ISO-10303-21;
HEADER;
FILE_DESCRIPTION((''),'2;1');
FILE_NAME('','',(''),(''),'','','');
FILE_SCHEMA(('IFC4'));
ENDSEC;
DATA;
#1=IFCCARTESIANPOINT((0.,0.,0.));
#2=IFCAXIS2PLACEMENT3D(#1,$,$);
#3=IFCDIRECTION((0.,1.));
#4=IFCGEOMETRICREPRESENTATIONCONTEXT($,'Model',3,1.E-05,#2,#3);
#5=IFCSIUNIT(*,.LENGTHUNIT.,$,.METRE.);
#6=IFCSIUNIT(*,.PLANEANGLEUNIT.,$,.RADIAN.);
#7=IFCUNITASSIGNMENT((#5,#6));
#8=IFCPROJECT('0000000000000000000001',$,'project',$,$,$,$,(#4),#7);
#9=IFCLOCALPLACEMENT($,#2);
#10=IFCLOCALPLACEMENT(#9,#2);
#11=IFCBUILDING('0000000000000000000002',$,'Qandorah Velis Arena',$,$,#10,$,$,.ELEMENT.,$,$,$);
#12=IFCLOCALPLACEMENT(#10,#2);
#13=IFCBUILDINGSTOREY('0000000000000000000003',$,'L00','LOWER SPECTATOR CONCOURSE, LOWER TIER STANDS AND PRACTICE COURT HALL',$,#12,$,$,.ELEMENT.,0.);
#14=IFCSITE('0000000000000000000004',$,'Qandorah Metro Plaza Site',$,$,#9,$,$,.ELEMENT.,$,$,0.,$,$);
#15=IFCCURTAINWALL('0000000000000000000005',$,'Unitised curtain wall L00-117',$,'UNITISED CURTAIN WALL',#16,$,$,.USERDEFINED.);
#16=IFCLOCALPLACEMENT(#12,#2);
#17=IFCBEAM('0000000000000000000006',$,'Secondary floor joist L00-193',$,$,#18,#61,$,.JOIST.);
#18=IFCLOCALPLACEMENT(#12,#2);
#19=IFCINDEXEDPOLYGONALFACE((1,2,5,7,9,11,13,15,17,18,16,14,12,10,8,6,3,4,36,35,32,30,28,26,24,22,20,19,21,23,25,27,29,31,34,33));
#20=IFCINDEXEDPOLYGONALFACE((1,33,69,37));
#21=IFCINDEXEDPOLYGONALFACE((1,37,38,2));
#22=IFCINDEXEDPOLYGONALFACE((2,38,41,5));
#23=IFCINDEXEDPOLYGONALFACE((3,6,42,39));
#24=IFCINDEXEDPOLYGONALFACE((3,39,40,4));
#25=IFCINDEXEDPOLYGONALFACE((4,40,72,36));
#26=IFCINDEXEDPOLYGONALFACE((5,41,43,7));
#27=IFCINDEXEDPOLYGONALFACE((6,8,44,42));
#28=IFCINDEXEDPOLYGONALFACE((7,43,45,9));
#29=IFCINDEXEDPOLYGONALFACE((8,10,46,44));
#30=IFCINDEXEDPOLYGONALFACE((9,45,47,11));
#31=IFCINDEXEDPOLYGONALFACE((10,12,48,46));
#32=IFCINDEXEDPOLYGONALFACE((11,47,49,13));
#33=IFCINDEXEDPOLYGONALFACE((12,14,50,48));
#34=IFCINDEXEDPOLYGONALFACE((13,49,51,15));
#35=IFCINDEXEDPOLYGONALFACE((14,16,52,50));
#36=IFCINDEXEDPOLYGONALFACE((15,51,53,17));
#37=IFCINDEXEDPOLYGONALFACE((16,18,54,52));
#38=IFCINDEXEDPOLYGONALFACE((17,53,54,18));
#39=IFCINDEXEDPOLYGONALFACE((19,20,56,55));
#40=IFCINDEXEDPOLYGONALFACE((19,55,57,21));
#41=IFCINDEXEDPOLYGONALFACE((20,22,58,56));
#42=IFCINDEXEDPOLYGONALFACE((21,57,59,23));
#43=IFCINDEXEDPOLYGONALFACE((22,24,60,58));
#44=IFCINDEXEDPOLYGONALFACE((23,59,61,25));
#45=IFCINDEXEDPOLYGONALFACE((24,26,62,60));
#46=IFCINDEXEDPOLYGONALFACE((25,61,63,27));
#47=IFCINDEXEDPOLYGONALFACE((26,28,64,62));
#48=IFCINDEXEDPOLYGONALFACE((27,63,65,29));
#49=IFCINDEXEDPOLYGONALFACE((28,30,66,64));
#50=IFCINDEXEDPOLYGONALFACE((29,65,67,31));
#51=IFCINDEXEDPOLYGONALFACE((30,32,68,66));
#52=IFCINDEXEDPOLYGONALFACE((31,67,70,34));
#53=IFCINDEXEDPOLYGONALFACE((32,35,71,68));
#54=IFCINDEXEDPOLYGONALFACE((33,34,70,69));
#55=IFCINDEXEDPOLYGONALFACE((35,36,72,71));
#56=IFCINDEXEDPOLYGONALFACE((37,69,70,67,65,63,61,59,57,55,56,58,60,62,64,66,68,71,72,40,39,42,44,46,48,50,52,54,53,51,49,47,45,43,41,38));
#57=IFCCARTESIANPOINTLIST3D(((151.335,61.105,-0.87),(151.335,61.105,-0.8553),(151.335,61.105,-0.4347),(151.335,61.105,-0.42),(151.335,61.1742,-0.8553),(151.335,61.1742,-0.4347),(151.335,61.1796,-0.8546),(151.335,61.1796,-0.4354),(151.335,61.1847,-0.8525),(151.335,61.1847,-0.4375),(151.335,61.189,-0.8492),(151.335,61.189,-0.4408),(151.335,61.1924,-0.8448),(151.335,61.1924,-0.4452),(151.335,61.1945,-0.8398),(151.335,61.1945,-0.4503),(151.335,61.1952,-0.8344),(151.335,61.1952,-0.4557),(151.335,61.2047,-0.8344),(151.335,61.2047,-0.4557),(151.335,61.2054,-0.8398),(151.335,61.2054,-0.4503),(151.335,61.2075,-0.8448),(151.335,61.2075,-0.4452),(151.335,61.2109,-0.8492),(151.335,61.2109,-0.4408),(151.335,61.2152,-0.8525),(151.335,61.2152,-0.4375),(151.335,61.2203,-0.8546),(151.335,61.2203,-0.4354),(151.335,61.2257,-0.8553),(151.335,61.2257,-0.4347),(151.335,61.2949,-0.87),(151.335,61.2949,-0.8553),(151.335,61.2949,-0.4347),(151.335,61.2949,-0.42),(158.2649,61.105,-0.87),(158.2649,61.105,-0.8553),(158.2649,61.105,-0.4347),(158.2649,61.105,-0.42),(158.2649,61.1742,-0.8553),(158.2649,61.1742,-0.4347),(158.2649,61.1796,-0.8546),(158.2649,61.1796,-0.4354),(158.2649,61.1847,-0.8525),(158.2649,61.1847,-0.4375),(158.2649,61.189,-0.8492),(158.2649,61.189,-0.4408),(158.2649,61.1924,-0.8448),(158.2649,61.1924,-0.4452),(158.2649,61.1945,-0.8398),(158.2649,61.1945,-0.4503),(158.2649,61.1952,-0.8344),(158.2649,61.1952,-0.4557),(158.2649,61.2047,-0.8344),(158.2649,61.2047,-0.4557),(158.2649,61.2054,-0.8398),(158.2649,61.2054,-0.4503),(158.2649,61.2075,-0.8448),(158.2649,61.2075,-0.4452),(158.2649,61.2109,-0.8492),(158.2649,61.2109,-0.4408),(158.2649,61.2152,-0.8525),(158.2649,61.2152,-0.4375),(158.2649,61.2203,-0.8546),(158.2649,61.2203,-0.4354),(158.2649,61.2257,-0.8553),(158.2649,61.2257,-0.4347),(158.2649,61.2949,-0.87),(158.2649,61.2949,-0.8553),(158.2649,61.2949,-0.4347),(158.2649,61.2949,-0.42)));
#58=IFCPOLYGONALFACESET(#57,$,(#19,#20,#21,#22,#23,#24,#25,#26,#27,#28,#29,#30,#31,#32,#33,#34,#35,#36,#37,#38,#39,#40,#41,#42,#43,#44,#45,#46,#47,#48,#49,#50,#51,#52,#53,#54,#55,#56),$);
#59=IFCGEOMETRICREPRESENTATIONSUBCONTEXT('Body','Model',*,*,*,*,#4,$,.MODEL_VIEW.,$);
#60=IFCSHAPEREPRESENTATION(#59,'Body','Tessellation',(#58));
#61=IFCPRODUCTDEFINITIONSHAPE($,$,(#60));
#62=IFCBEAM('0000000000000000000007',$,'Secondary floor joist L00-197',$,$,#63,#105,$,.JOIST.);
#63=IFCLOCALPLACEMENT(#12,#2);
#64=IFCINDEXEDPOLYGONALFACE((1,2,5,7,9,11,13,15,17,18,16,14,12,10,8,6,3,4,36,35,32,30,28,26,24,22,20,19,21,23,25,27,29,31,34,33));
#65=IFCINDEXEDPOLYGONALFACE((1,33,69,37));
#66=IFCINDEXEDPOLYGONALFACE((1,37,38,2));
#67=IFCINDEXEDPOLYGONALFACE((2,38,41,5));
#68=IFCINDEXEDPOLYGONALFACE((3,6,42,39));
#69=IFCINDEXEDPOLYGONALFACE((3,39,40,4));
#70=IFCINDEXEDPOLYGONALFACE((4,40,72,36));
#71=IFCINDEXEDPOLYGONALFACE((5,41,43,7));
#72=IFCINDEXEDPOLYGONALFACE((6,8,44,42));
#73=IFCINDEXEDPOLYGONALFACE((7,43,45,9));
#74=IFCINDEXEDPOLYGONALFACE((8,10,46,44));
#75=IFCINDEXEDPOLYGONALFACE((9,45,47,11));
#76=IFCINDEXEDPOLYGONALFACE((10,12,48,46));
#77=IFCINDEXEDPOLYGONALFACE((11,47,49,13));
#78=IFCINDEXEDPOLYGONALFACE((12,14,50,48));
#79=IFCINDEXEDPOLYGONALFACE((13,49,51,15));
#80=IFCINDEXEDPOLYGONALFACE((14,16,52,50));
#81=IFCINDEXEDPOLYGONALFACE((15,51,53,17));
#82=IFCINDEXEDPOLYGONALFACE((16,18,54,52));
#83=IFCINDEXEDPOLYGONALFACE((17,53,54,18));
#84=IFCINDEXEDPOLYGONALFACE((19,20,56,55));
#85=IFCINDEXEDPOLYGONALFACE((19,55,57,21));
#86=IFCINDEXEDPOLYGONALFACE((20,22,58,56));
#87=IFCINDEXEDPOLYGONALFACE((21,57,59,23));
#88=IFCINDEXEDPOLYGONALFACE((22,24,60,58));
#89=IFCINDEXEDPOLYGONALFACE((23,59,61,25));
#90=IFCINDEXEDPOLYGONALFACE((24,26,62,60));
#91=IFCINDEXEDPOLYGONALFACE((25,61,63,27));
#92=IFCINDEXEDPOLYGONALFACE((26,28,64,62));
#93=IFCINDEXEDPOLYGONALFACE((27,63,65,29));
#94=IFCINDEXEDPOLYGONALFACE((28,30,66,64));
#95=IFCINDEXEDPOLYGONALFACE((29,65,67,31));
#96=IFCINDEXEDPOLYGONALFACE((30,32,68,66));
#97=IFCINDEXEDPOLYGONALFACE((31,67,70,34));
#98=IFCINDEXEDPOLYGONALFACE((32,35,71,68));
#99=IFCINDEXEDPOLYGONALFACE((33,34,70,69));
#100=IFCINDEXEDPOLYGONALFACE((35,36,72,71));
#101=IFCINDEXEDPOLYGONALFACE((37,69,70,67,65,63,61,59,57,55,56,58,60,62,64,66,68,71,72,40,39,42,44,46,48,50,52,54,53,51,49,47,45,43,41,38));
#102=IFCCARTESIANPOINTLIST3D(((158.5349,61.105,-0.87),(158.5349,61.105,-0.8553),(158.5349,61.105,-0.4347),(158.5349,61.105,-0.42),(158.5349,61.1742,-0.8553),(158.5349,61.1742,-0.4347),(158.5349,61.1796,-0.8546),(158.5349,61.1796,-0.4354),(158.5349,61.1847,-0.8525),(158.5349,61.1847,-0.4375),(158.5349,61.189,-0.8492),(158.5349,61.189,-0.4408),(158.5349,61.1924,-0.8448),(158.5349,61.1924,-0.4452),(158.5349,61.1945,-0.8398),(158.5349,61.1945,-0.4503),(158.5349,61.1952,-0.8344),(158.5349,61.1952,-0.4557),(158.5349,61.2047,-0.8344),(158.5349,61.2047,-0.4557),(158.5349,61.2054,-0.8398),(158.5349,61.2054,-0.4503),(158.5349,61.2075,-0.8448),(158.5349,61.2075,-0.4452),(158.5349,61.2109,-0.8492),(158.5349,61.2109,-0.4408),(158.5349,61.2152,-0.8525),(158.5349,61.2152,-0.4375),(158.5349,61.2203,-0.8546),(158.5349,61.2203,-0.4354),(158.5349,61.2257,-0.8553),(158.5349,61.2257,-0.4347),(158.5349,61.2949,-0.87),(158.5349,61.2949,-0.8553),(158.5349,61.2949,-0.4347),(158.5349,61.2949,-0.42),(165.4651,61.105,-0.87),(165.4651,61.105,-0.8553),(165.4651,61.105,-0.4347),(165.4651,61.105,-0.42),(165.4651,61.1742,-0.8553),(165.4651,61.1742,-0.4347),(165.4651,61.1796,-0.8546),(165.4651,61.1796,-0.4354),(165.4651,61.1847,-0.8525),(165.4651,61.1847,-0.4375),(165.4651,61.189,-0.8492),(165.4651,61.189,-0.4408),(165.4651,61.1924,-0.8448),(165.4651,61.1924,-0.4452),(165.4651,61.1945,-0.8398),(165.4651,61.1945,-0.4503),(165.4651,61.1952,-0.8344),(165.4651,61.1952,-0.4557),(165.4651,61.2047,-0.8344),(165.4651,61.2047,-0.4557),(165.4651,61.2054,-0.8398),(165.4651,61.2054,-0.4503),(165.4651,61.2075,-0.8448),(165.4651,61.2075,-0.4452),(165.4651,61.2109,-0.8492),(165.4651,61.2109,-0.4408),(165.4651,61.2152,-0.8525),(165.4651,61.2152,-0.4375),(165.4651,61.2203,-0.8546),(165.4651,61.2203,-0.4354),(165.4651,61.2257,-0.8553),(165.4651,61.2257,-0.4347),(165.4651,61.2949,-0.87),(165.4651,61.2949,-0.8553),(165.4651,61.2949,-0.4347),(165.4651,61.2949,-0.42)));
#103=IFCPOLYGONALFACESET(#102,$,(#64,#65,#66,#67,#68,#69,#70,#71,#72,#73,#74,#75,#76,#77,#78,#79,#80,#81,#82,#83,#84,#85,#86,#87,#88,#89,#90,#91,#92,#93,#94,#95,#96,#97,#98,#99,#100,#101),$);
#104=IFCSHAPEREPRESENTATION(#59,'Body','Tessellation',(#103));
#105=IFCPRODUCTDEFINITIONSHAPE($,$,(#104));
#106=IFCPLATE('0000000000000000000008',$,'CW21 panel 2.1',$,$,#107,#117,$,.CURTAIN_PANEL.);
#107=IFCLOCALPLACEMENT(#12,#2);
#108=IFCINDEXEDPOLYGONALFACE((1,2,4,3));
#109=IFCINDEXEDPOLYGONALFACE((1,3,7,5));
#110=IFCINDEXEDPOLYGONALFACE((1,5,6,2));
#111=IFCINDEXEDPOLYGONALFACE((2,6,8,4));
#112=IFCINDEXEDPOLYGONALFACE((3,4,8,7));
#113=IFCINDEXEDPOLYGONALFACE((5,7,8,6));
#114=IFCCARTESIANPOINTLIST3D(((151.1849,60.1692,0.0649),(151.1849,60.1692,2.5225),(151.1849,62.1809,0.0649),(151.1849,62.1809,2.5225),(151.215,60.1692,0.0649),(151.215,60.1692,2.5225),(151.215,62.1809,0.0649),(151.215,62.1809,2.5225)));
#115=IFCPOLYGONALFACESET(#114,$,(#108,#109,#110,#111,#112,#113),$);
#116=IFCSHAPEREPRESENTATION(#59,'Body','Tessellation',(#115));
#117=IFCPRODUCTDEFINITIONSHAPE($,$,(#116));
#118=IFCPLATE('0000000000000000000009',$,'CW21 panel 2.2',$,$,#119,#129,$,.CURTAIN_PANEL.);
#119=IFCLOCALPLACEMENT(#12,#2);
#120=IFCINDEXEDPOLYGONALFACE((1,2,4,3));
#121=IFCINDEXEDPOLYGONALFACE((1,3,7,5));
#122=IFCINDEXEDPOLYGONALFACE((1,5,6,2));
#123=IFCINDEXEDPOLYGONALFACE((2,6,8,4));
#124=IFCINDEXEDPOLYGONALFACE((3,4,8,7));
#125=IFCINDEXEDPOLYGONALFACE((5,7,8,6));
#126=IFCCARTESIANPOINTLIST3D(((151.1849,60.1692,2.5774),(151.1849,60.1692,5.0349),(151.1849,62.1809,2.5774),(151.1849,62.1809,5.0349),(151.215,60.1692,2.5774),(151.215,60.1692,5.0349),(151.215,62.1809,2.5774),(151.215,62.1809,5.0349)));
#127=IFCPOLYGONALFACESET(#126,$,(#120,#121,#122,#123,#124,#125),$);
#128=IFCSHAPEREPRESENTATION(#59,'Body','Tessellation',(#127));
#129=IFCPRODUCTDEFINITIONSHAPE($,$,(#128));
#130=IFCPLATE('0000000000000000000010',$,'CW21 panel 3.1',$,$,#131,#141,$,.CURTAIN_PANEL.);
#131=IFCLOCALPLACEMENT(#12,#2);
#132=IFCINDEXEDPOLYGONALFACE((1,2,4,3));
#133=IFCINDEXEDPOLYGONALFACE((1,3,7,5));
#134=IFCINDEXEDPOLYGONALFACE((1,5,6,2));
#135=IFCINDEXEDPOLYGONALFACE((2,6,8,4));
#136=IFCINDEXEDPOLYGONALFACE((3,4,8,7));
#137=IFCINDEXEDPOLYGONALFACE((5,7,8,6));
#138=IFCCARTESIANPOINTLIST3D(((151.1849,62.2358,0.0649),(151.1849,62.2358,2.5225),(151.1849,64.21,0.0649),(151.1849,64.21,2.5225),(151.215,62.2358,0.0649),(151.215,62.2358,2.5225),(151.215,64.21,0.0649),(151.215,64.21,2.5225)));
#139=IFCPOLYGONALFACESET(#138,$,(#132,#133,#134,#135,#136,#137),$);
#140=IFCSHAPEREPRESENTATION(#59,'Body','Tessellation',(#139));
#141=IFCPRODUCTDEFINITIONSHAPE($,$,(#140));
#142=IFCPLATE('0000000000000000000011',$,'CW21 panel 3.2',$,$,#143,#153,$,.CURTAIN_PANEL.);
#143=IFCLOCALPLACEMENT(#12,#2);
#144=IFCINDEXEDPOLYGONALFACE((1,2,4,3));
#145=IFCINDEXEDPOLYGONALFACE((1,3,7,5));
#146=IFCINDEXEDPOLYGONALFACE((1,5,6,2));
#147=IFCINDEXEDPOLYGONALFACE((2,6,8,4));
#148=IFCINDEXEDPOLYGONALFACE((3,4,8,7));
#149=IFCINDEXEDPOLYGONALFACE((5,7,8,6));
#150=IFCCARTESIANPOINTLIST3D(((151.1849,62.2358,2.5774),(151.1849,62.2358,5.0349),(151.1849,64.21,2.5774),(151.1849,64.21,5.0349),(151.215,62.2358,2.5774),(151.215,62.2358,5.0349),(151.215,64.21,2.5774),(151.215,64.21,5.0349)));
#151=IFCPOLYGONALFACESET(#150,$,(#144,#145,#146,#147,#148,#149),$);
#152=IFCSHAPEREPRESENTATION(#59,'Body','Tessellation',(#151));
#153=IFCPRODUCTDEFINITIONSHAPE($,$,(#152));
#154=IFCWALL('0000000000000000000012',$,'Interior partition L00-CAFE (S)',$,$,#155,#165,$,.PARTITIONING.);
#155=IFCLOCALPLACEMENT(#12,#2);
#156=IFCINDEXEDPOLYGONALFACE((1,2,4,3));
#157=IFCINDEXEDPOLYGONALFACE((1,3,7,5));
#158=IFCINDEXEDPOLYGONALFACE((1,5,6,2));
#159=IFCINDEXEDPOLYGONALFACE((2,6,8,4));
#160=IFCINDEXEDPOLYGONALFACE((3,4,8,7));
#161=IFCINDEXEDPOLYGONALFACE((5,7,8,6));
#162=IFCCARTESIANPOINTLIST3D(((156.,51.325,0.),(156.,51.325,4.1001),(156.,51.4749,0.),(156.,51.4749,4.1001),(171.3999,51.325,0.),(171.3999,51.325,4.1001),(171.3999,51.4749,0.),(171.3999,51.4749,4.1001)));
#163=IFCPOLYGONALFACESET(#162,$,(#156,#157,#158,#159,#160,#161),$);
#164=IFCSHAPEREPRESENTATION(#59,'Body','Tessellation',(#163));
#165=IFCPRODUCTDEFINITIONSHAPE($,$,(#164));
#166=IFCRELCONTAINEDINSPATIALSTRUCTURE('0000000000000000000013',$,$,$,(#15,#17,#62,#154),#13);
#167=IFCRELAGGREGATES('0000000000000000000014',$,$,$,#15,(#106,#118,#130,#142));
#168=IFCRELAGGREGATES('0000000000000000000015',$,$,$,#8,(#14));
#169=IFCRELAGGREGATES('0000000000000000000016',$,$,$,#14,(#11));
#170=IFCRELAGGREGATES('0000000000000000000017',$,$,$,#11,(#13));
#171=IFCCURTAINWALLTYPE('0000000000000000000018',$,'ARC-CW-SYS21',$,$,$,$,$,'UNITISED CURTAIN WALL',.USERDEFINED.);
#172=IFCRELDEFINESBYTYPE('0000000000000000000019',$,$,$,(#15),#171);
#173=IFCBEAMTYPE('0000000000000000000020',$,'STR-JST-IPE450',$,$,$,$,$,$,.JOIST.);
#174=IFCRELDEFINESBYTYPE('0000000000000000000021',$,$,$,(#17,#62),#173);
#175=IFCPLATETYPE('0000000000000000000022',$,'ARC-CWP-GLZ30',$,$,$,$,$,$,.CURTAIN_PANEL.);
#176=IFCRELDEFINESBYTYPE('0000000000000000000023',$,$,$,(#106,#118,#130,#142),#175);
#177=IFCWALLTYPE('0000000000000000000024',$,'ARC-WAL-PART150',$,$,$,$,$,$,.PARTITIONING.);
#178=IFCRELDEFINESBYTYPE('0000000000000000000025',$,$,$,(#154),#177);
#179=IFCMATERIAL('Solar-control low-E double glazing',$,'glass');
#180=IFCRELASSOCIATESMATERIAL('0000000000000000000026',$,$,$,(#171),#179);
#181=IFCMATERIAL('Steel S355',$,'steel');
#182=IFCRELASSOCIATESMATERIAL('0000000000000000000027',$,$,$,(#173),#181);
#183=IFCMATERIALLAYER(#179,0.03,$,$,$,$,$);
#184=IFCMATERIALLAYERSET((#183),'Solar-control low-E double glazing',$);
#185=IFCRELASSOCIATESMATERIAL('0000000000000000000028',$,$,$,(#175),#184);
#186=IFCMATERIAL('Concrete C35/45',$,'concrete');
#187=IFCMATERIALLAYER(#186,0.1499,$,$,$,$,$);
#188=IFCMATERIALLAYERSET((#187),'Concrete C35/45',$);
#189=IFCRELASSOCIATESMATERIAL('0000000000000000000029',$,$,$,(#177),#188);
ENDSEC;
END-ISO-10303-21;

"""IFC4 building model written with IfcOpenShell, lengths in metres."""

from ifc_helpers import new_model, si_unit, direction, frame, frame_2d, origin, origin_2d, place, context, subcontext, project, spatial, rectangle, i_section, extrude, material, layer, layer_set, material_profile, profile_set, type_object, element, aggregate, save


model = new_model("IFC4")

# Units and contexts
model_context = context("Model", 3, precision=1e-05, world=origin(), true_north=direction((0.0, 1.0)))
body_context = subcontext(model_context, "Body", "Model", "MODEL_VIEW")
ifc_project = project(units=[si_unit("LENGTHUNIT", "METRE"), si_unit("PLANEANGLEUNIT", "RADIAN")], contexts=[model_context])

# Site, building, storey
site_placement = place(None, origin())
site = spatial("IfcSite", under=ifc_project, at=site_placement, Name="Qandorah Metro Plaza Site", CompositionType="ELEMENT", RefElevation=0.0)
building_placement = place(site_placement, origin())
building = spatial("IfcBuilding", under=site, at=building_placement, Name="Qandorah Velis Arena", CompositionType="ELEMENT")
storey_placement = place(building_placement, origin())
storey = spatial("IfcBuildingStorey", under=building, at=storey_placement, Name="L00", Description="LOWER SPECTATOR CONCOURSE, LOWER TIER STANDS AND PRACTICE COURT HALL", CompositionType="ELEMENT", Elevation=0.0)

# Shared definitions
ifc_material_1 = material(Name="Solar-control low-E double glazing", Category="glass")

# Curtain wall
curtain_wall_type_1 = type_object("IfcCurtainWallType", Name="ARC-CW-SYS21", ElementType="UNITISED CURTAIN WALL", PredefinedType="USERDEFINED", material=ifc_material_1)
curtain_wall_1_placement = place(storey_placement, origin())
curtain_wall_1 = element("IfcCurtainWall", 1, at=curtain_wall_1_placement, inside=storey, type_object=curtain_wall_type_1, Name="Unitised curtain wall L00-117", ObjectType="UNITISED CURTAIN WALL", PredefinedType="USERDEFINED")

# Beams
ifc_material_2 = material(Name="Steel S355", Category="steel")
ifc_material_profile_1 = material_profile(ifc_material_2, i_section(OverallWidth=0.1899, OverallDepth=0.45, WebThickness=0.0095, FlangeThickness=0.0146, FilletRadius=0.021, at=origin_2d()), Name="IPE 450")
ifc_profile_set_1 = profile_set([ifc_material_profile_1], Name="Steel S355")
beam_type_1 = type_object("IfcBeamType", Name="STR-JST-IPE450", PredefinedType="JOIST", material=ifc_profile_set_1)
beam_1_placement = place(storey_placement, frame((151.335, 61.2, -0.645), z_axis=(1.0, 0.0, 0.0), x_axis=(0.0, 1.0, 0.0)))
element("IfcBeam", 2, at=beam_1_placement, inside=storey, type_object=beam_type_1, Name="Secondary floor joist L00-193", PredefinedType="JOIST", context=body_context, shape_type="SweptSolid", body=[
    extrude(i_section(OverallWidth=0.1899, OverallDepth=0.45, WebThickness=0.0095, FlangeThickness=0.0146, FilletRadius=0.021, at=origin_2d()), origin(), (0.0, 0.0, 1.0), 6.9299),
])
beam_2_placement = place(storey_placement, frame((158.5349, 61.2, -0.645), z_axis=(1.0, 0.0, 0.0), x_axis=(0.0, 1.0, 0.0)))
element("IfcBeam", 3, at=beam_2_placement, inside=storey, type_object=beam_type_1, Name="Secondary floor joist L00-197", PredefinedType="JOIST", context=body_context, shape_type="SweptSolid", body=[
    extrude(i_section(OverallWidth=0.1899, OverallDepth=0.45, WebThickness=0.0095, FlangeThickness=0.0146, FilletRadius=0.021, at=origin_2d()), origin(), (0.0, 0.0, 1.0), 6.9302),
])

# Plates
ifc_layer_1 = layer(ifc_material_1, 0.03)
ifc_layer_set_1 = layer_set([ifc_layer_1], Name="Solar-control low-E double glazing")
plate_type = type_object("IfcPlateType", Name="ARC-CWP-GLZ30", PredefinedType="CURTAIN_PANEL", material=ifc_layer_set_1)
plate_1_placement = place(storey_placement, frame((151.2, 61.175, 0.0649), z_axis=(0.0, 0.0, 1.0), x_axis=(0.0, 1.0, 0.0)))
plate_1 = element("IfcPlate", 4, at=plate_1_placement, type_object=plate_type, Name="CW21 panel 2.1", PredefinedType="CURTAIN_PANEL", context=body_context, shape_type="SweptSolid", body=[
    extrude(rectangle(XDim=2.0117, YDim=0.03, at=origin_2d()), origin(), (0.0, 0.0, 1.0), 2.4575),
])
plate_2_placement = place(storey_placement, frame((151.2, 61.175, 2.5774), z_axis=(0.0, 0.0, 1.0), x_axis=(0.0, 1.0, 0.0)))
plate_2 = element("IfcPlate", 5, at=plate_2_placement, type_object=plate_type, Name="CW21 panel 2.2", PredefinedType="CURTAIN_PANEL", context=body_context, shape_type="SweptSolid", body=[
    extrude(rectangle(XDim=2.0117, YDim=0.03, at=origin_2d()), origin(), (0.0, 0.0, 1.0), 2.4575),
])
plate_3_placement = place(storey_placement, frame((151.2, 63.2229, 0.0649), z_axis=(0.0, 0.0, 1.0), x_axis=(0.0, 1.0, 0.0)))
plate_3 = element("IfcPlate", 6, at=plate_3_placement, type_object=plate_type, Name="CW21 panel 3.1", PredefinedType="CURTAIN_PANEL", context=body_context, shape_type="SweptSolid", body=[
    extrude(rectangle(XDim=1.9741, YDim=0.03, at=origin_2d()), origin(), (0.0, 0.0, 1.0), 2.4575),
])
plate_4_placement = place(storey_placement, frame((151.2, 63.2229, 2.5774), z_axis=(0.0, 0.0, 1.0), x_axis=(0.0, 1.0, 0.0)))
plate_4 = element("IfcPlate", 7, at=plate_4_placement, type_object=plate_type, Name="CW21 panel 3.2", PredefinedType="CURTAIN_PANEL", context=body_context, shape_type="SweptSolid", body=[
    extrude(rectangle(XDim=1.9741, YDim=0.03, at=origin_2d()), origin(), (0.0, 0.0, 1.0), 2.4575),
])
aggregate(curtain_wall_1, [plate_1, plate_2, plate_3, plate_4])

# Wall
ifc_material_3 = material(Name="Concrete C35/45", Category="concrete")
ifc_layer_2 = layer(ifc_material_3, 0.1499)
ifc_layer_set_2 = layer_set([ifc_layer_2], Name="Concrete C35/45")
wall_type = type_object("IfcWallType", Name="ARC-WAL-PART150", PredefinedType="PARTITIONING", material=ifc_layer_set_2)
wall_1_placement = place(storey_placement, frame((156.0, 51.3999, 0.0), z_axis=(0.0, 0.0, 1.0), x_axis=(1.0, 0.0, 0.0)))
element("IfcWall", 8, at=wall_1_placement, inside=storey, type_object=wall_type, Name="Interior partition L00-CAFE (S)", PredefinedType="PARTITIONING", context=body_context, shape_type="SweptSolid", body=[
    extrude(rectangle(XDim=15.3999, YDim=0.1499, at=frame_2d((7.7, 0.0))), origin(), (0.0, 0.0, 1.0), 4.1001),
])

save(model, "model.ifc")
